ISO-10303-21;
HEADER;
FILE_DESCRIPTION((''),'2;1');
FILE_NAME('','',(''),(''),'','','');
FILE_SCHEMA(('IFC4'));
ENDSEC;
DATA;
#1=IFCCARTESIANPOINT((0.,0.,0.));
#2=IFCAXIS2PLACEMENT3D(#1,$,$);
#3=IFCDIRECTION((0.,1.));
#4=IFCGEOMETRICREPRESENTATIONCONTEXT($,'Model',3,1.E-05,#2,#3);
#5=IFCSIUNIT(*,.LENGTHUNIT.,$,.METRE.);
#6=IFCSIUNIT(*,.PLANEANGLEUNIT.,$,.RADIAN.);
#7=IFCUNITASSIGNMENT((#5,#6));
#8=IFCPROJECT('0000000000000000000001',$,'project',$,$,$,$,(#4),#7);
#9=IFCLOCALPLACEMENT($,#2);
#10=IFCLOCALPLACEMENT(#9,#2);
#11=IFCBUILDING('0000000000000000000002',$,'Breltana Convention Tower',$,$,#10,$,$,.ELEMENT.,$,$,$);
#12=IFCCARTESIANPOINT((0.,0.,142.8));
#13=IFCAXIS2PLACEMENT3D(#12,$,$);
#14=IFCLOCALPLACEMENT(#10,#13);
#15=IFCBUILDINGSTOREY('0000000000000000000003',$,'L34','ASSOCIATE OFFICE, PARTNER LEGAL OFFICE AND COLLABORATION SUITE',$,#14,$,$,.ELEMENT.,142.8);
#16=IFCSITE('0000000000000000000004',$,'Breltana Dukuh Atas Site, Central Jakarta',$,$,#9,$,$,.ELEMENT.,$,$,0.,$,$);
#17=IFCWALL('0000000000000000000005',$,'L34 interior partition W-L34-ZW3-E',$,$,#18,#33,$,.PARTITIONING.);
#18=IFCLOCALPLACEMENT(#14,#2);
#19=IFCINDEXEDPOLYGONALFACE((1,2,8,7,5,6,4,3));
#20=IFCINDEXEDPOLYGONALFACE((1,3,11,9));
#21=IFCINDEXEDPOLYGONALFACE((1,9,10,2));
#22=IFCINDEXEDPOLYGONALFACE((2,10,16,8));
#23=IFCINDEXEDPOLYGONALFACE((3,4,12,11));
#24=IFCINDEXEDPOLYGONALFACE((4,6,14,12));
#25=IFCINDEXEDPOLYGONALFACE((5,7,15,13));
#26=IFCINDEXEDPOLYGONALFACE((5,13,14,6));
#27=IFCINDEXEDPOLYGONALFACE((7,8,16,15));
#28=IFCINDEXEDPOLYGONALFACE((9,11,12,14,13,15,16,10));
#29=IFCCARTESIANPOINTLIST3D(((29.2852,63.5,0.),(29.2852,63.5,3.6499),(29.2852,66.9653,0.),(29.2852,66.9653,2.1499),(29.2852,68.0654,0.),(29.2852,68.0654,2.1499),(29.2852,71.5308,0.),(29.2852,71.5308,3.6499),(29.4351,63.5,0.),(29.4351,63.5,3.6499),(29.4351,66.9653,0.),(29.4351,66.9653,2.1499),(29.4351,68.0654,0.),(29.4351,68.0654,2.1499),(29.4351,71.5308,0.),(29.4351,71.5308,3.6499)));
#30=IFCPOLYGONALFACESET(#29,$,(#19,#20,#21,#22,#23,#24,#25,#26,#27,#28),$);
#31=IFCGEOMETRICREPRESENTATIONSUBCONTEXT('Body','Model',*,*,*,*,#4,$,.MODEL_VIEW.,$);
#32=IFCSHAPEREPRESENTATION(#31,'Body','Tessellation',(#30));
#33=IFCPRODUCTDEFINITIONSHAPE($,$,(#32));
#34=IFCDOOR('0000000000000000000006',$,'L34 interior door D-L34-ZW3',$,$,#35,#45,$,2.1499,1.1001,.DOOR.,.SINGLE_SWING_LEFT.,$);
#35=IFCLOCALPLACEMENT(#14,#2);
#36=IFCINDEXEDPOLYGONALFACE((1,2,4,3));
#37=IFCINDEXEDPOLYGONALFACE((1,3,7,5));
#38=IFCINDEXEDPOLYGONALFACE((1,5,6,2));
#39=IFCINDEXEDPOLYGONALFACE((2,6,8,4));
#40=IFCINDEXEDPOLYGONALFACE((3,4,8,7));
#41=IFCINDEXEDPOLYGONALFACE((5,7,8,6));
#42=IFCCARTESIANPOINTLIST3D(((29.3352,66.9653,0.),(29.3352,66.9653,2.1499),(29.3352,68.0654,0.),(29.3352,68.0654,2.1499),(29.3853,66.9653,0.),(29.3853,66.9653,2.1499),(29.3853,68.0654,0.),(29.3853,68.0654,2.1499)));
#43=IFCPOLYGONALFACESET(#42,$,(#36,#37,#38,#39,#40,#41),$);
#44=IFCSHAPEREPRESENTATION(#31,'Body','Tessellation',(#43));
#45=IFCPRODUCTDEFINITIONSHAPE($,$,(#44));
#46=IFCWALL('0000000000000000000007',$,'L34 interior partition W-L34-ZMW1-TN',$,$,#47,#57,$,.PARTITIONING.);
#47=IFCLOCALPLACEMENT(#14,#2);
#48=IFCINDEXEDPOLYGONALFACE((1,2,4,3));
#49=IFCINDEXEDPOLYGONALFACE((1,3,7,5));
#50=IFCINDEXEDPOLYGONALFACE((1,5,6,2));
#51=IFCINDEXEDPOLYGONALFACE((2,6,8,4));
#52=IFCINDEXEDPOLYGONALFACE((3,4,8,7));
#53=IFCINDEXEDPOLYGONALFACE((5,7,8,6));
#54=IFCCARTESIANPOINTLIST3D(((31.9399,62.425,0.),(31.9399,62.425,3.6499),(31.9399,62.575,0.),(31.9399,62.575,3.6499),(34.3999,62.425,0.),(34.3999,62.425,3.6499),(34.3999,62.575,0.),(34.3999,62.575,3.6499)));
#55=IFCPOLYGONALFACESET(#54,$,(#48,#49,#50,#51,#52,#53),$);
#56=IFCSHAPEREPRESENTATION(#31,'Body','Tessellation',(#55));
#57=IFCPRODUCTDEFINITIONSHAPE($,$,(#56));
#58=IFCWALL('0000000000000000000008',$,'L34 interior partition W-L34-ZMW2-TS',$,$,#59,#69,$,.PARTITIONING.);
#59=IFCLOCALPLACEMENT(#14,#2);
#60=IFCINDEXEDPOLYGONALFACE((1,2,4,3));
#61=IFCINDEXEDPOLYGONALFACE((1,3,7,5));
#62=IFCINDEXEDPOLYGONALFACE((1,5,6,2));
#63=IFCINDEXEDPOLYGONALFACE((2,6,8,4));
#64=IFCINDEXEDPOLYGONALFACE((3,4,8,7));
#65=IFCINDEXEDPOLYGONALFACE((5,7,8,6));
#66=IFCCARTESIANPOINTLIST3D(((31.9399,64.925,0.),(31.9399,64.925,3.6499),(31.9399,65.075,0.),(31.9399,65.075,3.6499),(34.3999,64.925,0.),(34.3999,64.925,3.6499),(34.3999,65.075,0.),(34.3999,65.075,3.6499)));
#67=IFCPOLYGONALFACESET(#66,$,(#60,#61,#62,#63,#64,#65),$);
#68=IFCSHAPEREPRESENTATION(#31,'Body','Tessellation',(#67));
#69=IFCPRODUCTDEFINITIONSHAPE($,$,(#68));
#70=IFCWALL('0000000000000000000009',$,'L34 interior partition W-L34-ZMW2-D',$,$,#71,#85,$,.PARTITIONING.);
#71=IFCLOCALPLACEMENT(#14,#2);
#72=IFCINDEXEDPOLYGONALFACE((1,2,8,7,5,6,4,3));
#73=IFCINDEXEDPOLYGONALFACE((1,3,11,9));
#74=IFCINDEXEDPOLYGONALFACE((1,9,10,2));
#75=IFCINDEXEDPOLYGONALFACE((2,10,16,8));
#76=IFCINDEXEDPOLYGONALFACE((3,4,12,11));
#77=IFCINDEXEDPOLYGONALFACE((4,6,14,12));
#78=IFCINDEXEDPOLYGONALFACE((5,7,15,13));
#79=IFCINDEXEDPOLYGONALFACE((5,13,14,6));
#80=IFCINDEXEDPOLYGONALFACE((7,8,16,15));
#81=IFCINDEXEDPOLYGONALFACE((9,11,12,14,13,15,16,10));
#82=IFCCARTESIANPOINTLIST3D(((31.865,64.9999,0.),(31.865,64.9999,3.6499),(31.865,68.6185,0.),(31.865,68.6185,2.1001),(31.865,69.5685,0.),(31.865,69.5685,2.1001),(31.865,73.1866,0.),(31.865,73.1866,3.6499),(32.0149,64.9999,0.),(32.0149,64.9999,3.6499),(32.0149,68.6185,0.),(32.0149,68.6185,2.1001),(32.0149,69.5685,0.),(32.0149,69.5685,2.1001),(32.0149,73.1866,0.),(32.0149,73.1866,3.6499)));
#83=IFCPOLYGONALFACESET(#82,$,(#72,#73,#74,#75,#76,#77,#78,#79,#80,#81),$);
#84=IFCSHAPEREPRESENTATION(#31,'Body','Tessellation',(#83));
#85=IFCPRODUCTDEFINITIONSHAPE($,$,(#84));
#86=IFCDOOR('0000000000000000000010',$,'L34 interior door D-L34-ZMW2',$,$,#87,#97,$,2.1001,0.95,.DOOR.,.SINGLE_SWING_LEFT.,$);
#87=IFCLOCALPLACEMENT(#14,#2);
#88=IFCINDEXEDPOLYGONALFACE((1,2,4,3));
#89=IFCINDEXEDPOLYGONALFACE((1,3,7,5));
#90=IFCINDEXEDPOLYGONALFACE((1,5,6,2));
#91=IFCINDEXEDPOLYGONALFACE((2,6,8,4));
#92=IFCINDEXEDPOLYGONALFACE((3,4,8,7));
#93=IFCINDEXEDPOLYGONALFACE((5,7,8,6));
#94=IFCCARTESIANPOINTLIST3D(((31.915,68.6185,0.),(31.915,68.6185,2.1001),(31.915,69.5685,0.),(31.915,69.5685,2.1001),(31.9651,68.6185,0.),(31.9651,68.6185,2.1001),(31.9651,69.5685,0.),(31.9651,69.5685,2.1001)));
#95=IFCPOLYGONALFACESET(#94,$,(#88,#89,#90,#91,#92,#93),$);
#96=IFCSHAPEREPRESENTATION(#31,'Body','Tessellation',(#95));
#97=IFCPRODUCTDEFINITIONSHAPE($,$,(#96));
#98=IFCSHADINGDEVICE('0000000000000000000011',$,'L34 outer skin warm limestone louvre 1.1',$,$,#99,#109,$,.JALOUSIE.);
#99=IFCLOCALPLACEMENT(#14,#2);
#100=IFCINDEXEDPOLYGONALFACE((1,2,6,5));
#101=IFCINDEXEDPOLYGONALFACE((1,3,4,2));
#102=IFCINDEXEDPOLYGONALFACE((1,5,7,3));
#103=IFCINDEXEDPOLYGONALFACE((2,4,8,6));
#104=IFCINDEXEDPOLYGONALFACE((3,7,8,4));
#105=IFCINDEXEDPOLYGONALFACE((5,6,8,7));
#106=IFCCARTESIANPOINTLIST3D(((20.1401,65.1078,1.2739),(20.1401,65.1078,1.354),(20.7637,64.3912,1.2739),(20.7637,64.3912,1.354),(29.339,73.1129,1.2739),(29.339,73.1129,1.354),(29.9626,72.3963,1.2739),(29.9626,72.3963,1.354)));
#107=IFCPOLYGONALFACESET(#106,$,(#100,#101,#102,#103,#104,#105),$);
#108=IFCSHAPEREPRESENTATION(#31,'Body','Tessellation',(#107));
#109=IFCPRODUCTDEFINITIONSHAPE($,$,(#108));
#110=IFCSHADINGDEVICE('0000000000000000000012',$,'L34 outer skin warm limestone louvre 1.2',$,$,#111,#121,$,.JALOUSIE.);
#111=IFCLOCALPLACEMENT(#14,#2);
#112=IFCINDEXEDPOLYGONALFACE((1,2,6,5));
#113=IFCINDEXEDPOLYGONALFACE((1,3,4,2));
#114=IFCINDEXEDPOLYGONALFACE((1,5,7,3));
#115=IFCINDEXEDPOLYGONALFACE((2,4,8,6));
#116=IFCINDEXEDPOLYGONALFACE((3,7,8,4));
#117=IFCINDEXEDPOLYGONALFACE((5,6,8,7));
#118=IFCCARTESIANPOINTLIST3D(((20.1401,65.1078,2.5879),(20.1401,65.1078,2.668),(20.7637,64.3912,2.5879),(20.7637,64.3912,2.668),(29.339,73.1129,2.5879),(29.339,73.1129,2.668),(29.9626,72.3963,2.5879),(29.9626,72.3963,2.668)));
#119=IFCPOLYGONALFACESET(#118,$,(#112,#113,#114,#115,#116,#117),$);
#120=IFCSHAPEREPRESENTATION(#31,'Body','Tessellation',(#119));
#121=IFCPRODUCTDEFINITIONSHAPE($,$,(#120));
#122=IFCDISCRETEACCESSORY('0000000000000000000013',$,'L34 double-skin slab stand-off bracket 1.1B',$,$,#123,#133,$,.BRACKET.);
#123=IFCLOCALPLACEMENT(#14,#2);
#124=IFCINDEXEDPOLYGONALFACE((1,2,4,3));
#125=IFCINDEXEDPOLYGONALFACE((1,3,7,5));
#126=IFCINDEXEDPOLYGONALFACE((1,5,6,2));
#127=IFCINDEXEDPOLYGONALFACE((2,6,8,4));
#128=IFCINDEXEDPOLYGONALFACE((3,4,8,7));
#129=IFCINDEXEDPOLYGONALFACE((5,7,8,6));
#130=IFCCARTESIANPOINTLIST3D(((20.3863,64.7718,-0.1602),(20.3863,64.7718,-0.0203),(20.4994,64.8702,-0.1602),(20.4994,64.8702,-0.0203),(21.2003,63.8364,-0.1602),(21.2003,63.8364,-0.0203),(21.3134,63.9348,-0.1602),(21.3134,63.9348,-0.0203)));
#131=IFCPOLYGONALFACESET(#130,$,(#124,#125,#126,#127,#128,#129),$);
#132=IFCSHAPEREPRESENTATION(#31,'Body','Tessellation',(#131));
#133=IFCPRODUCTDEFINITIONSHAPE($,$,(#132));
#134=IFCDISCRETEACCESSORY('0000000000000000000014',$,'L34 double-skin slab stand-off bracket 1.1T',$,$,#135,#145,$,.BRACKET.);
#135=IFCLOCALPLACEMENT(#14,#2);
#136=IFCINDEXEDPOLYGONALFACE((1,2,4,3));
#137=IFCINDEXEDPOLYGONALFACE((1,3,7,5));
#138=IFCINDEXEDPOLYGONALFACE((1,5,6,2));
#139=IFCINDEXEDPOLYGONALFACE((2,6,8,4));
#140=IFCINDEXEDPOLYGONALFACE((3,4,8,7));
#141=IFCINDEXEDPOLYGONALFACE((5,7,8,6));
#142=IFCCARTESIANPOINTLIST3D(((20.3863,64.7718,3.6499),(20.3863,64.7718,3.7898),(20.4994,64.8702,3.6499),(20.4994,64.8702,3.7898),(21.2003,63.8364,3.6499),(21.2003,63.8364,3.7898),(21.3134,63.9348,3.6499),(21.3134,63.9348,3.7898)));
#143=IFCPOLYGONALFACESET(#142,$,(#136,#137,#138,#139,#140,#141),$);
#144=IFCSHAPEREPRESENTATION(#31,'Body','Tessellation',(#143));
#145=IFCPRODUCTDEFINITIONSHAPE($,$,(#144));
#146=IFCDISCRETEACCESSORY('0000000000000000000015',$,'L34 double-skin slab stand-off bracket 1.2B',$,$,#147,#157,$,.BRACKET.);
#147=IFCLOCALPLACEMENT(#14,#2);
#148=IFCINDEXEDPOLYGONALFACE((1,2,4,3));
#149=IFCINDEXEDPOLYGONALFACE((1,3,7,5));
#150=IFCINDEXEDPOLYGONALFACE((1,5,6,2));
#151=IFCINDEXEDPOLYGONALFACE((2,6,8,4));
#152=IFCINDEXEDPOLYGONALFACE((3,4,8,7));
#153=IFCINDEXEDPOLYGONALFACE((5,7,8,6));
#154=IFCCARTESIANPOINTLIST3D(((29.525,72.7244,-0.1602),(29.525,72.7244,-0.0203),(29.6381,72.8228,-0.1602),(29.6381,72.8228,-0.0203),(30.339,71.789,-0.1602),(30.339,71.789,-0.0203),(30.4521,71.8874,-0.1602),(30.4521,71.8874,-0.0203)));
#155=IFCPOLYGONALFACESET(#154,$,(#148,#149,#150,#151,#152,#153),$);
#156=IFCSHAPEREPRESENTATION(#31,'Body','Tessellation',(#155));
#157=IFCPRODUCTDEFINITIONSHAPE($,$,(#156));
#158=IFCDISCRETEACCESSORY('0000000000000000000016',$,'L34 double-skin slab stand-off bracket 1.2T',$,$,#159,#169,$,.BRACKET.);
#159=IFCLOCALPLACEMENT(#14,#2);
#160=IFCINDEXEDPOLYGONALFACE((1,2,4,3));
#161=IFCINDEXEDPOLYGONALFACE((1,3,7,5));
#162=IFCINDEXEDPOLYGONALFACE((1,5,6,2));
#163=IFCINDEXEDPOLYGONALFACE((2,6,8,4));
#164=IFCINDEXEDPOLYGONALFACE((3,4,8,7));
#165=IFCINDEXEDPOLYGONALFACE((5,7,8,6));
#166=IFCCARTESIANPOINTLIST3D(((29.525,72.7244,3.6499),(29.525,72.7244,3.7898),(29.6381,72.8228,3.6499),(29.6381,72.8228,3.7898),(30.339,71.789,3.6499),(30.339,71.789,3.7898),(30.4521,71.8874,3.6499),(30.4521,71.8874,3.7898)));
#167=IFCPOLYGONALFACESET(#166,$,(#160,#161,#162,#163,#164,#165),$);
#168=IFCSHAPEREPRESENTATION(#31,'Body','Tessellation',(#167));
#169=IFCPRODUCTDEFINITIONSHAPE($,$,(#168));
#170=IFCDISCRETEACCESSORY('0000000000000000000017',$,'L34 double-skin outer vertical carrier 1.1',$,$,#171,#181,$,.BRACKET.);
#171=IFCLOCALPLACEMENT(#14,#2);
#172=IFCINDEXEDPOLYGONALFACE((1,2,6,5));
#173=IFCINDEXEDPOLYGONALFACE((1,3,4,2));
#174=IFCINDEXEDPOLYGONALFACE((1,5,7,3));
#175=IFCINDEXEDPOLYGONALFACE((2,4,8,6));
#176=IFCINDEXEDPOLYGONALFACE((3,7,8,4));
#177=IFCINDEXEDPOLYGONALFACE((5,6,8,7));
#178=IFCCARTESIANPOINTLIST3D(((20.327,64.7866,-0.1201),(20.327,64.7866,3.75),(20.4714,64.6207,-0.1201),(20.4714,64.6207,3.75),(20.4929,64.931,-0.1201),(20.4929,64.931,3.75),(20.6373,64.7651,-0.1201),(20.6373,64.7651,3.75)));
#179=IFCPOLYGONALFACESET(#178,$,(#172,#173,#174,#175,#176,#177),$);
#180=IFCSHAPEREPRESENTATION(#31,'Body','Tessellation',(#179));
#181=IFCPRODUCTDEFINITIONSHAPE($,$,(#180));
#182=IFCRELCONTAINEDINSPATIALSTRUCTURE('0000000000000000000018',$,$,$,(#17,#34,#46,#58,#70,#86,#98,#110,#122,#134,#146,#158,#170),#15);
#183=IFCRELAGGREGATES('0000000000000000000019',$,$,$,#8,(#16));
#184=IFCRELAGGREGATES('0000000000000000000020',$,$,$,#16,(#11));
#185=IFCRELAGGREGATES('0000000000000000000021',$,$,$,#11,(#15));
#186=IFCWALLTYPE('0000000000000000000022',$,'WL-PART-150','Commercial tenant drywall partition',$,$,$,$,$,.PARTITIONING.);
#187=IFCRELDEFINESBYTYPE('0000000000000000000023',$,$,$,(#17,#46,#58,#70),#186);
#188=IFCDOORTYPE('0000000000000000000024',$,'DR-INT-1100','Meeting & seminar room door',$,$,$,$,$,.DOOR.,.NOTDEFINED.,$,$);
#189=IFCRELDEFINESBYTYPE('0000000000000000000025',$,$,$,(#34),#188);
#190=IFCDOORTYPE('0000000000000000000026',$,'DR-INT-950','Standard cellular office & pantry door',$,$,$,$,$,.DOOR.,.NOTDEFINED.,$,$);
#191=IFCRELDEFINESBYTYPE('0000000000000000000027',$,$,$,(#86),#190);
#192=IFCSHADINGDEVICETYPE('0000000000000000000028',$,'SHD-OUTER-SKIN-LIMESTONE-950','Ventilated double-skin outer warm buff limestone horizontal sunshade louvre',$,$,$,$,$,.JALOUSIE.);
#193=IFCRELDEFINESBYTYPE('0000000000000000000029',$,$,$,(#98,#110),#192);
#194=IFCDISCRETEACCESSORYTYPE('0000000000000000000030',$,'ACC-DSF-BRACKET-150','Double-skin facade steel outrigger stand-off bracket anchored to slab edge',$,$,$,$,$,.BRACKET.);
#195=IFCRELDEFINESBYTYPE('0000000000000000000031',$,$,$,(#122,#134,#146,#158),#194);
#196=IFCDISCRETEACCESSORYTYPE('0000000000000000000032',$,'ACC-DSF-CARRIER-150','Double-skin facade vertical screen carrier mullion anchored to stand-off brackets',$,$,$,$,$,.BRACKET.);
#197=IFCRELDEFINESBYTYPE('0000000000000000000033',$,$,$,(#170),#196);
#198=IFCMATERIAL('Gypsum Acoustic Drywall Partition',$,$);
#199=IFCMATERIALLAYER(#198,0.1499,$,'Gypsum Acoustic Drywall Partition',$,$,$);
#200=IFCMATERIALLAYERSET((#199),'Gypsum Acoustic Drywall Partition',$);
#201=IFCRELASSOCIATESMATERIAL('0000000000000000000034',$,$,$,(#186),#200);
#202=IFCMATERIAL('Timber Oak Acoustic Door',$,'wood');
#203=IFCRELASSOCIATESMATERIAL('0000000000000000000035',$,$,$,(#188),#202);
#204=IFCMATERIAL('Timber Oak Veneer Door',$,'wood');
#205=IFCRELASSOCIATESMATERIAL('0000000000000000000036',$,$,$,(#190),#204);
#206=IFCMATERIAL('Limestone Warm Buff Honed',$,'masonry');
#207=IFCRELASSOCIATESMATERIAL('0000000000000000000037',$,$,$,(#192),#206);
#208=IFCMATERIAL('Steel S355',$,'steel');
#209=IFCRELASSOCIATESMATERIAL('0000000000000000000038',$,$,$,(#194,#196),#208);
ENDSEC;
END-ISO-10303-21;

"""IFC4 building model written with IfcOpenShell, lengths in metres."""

from ifc_helpers import new_model, si_unit, direction, frame, frame_2d, origin, origin_2d, place, context, subcontext, project, spatial, rectangle, extrude, source, transform, mapped, material, layer, layer_set, material_profile, profile_set, type_object, type_shapes, element, fill, save


model = new_model("IFC4")

# Units and contexts
model_context = context("Model", 3, precision=1e-05, world=origin(), true_north=direction((0.0, 1.0)))
body_context = subcontext(model_context, "Body", "Model", "MODEL_VIEW")
ifc_project = project(units=[si_unit("LENGTHUNIT", "METRE"), si_unit("PLANEANGLEUNIT", "RADIAN")], contexts=[model_context])

# Site, building, storey
site_placement = place(None, origin())
site = spatial("IfcSite", under=ifc_project, at=site_placement, Name="Breltana Dukuh Atas Site, Central Jakarta", CompositionType="ELEMENT", RefElevation=0.0)
building_placement = place(site_placement, origin())
building = spatial("IfcBuilding", under=site, at=building_placement, Name="Breltana Convention Tower", CompositionType="ELEMENT")
storey_placement = place(building_placement, frame((0.0, 0.0, 142.8)))
storey = spatial("IfcBuildingStorey", under=building, at=storey_placement, Name="L34", Description="ASSOCIATE OFFICE, PARTNER LEGAL OFFICE AND COLLABORATION SUITE", CompositionType="ELEMENT", Elevation=142.8)

# Shared definitions
ifc_material_1 = material(Name="Gypsum Acoustic Drywall Partition")
ifc_layer_1 = layer(ifc_material_1, 0.1499, Name="Gypsum Acoustic Drywall Partition")
ifc_layer_set_1 = layer_set([ifc_layer_1], Name="Gypsum Acoustic Drywall Partition")
wall_type_1 = type_object("IfcWallType", Name="WL-PART-150", Description="Commercial tenant drywall partition", PredefinedType="PARTITIONING", material=ifc_layer_set_1)

# Wall, opening, door
shared_shape_1 = source(origin(), body_context, "Body", "SweptSolid", [
    extrude(rectangle(XDim=8.0308, YDim=0.1499, at=frame_2d((4.0154, 0.0))), origin(), (0.0, 0.0, 1.0), 3.6499),
])
wall_1_placement = place(storey_placement, frame((29.3601, 63.5, 0.0), z_axis=(0.0, 0.0, 1.0), x_axis=(0.0, 1.0, 0.0)))
wall_1 = element("IfcWall", 1, at=wall_1_placement, inside=storey, type_object=wall_type_1, Name="L34 interior partition W-L34-ZW3-E", PredefinedType="PARTITIONING", context=body_context, shape_type="MappedRepresentation", body=[
    mapped(shared_shape_1, transform((0.0, 0.0, 0.0), scale=1.0)),
])
opening_1_placement = place(wall_1_placement, frame((3.4653, 0.0, 0.0)))
opening_1 = element("IfcOpeningElement", 2, at=opening_1_placement, cuts=wall_1, PredefinedType="OPENING", context=body_context, shape_type="SweptSolid", body=[
    extrude(rectangle(XDim=1.1001, YDim=2.1499, at=frame_2d((0.55, 1.075))), frame((0.0, 0.085, 0.0), z_axis=(0.0, -1.0, 0.0), x_axis=(1.0, 0.0, 0.0)), (0.0, 0.0, 1.0), 0.1699),
])
ifc_material_2 = material(Name="Timber Oak Acoustic Door", Category="wood")
door_type_1 = type_object("IfcDoorType", Name="DR-INT-1100", Description="Meeting & seminar room door", OperationType="NOTDEFINED", PredefinedType="DOOR", material=ifc_material_2)
shared_shape_2 = source(origin(), body_context, "Body", "SweptSolid", [
    extrude(rectangle(XDim=1.1001, YDim=2.1499, at=frame_2d((0.55, 1.075))), frame((0.0, 0.0249, 0.0), z_axis=(0.0, -1.0, 0.0), x_axis=(1.0, 0.0, 0.0)), (0.0, 0.0, 1.0), 0.05),
])
type_shapes(door_type_1, [shared_shape_2])
door_1_placement = place(opening_1_placement, origin())
door_1 = element("IfcDoor", 3, at=door_1_placement, inside=storey, type_object=door_type_1, Name="L34 interior door D-L34-ZW3", OperationType="SINGLE_SWING_LEFT", OverallHeight=2.1499, OverallWidth=1.1001, PredefinedType="DOOR", context=body_context, shape_type="MappedRepresentation", body=[
    mapped(shared_shape_2, transform((0.0, 0.0, 0.0), scale=1.0)),
])
fill(opening_1, door_1)

# Walls
shared_shape_3 = source(origin(), body_context, "Body", "SweptSolid", [
    extrude(rectangle(XDim=2.46, YDim=0.1499, at=frame_2d((1.23, 0.0))), origin(), (0.0, 0.0, 1.0), 3.6499),
])
for number, where, z_axis, x_axis, name in (
    (4, (31.9399, 62.5, 0.0), (0.0, 0.0, 1.0), (1.0, 0.0, 0.0), "L34 interior partition W-L34-ZMW1-TN"),
    (5, (31.9399, 65.0, 0.0), (0.0, 0.0, 1.0), (1.0, 0.0, 0.0), "L34 interior partition W-L34-ZMW2-TS"),
):
    element("IfcWall", number, at=place(storey_placement, frame(where, z_axis=z_axis, x_axis=x_axis)), inside=storey, type_object=wall_type_1, Name=name, PredefinedType="PARTITIONING", context=body_context, shape_type="MappedRepresentation", body=[
        mapped(shared_shape_3, transform((0.0, 0.0, 0.0), scale=1.0)),
    ])

# Wall, opening, door
shared_shape_4 = source(origin(), body_context, "Body", "SweptSolid", [
    extrude(rectangle(XDim=8.1868, YDim=0.1499, at=frame_2d((4.0933, 0.0))), origin(), (0.0, 0.0, 1.0), 3.6499),
])
wall_2_placement = place(storey_placement, frame((31.9399, 65.0, 0.0), z_axis=(0.0, 0.0, 1.0), x_axis=(0.0, 1.0, 0.0)))
wall_2 = element("IfcWall", 6, at=wall_2_placement, inside=storey, type_object=wall_type_1, Name="L34 interior partition W-L34-ZMW2-D", PredefinedType="PARTITIONING", context=body_context, shape_type="MappedRepresentation", body=[
    mapped(shared_shape_4, transform((0.0, 0.0, 0.0), scale=1.0)),
])
opening_2_placement = place(wall_2_placement, frame((3.6184, 0.0, 0.0)))
opening_2 = element("IfcOpeningElement", 7, at=opening_2_placement, cuts=wall_2, PredefinedType="OPENING", context=body_context, shape_type="SweptSolid", body=[
    extrude(rectangle(XDim=0.95, YDim=2.1001, at=frame_2d((0.4751, 1.05))), frame((0.0, 0.085, 0.0), z_axis=(0.0, -1.0, 0.0), x_axis=(1.0, 0.0, 0.0)), (0.0, 0.0, 1.0), 0.1699),
])
ifc_material_3 = material(Name="Timber Oak Veneer Door", Category="wood")
door_type_2 = type_object("IfcDoorType", Name="DR-INT-950", Description="Standard cellular office & pantry door", OperationType="NOTDEFINED", PredefinedType="DOOR", material=ifc_material_3)
shared_shape_5 = source(origin(), body_context, "Body", "SweptSolid", [
    extrude(rectangle(XDim=0.95, YDim=2.1001, at=frame_2d((0.4751, 1.05))), frame((0.0, 0.0249, 0.0), z_axis=(0.0, -1.0, 0.0), x_axis=(1.0, 0.0, 0.0)), (0.0, 0.0, 1.0), 0.05),
])
type_shapes(door_type_2, [shared_shape_5])
door_2_placement = place(opening_2_placement, origin())
door_2 = element("IfcDoor", 8, at=door_2_placement, inside=storey, type_object=door_type_2, Name="L34 interior door D-L34-ZMW2", OperationType="SINGLE_SWING_LEFT", OverallHeight=2.1001, OverallWidth=0.95, PredefinedType="DOOR", context=body_context, shape_type="MappedRepresentation", body=[
    mapped(shared_shape_5, transform((0.0, 0.0, 0.0), scale=1.0)),
])
fill(opening_2, door_2)

# Shading devices
ifc_material_4 = material(Name="Limestone Warm Buff Honed", Category="masonry")
ifc_material_profile_1 = material_profile(ifc_material_4, rectangle(XDim=0.95, YDim=0.0801, at=origin_2d()), Name="STN-LVR-950X80")
ifc_profile_set_1 = profile_set([ifc_material_profile_1], Name="Limestone Warm Buff Honed")
shading_device_type = type_object("IfcShadingDeviceType", Name="SHD-OUTER-SKIN-LIMESTONE-950", Description="Ventilated double-skin outer warm buff limestone horizontal sunshade louvre", PredefinedType="JALOUSIE", material=ifc_profile_set_1)
shared_shape_6 = source(origin(), body_context, "Body", "SweptSolid", [
    extrude(rectangle(XDim=0.95, YDim=0.0801, at=origin_2d()), origin(), (0.0, 0.0, 1.0), 12.1943),
])
type_shapes(shading_device_type, [shared_shape_6])
for number, where, z_axis, x_axis, name in (
    (9, (20.4519, 64.7495, 1.314), (0.754361, 0.65646, 0.0), (-0.65646, 0.754361, 0.0), "L34 outer skin warm limestone louvre 1.1"),
    (10, (20.4519, 64.7495, 2.6279), (0.754361, 0.65646, 0.0), (-0.65646, 0.754361, 0.0), "L34 outer skin warm limestone louvre 1.2"),
):
    element("IfcShadingDevice", number, at=place(storey_placement, frame(where, z_axis=z_axis, x_axis=x_axis)), inside=storey, type_object=shading_device_type, Name=name, PredefinedType="JALOUSIE", context=body_context, shape_type="MappedRepresentation", body=[
        mapped(shared_shape_6, transform((0.0, 0.0, 0.0), scale=1.0)),
    ])

# Discrete accessories
ifc_material_5 = material(Name="Steel S355", Category="steel")
discrete_accessory_type_1 = type_object("IfcDiscreteAccessoryType", Name="ACC-DSF-BRACKET-150", Description="Double-skin facade steel outrigger stand-off bracket anchored to slab edge", PredefinedType="BRACKET", material=ifc_material_5)
shared_shape_7 = source(origin(), body_context, "Body", "SweptSolid", [
    extrude(rectangle(XDim=1.24, YDim=0.1499, at=origin_2d()), origin(), (0.0, 0.0, 1.0), 0.1399),
])
type_shapes(discrete_accessory_type_1, [shared_shape_7])
for number, where, z_axis, x_axis, name in (
    (11, (20.8499, 64.3533, -0.1602), (0.0, 0.0, 1.0), (-0.656456, 0.754365, 0.0), "L34 double-skin slab stand-off bracket 1.1B"),
    (12, (20.8499, 64.3533, 3.6499), (0.0, 0.0, 1.0), (-0.656456, 0.754365, 0.0), "L34 double-skin slab stand-off bracket 1.1T"),
    (13, (29.9885, 72.3059, -0.1602), (0.0, 0.0, 1.0), (-0.656456, 0.754365, 0.0), "L34 double-skin slab stand-off bracket 1.2B"),
    (14, (29.9885, 72.3059, 3.6499), (0.0, 0.0, 1.0), (-0.656456, 0.754365, 0.0), "L34 double-skin slab stand-off bracket 1.2T"),
):
    element("IfcDiscreteAccessory", number, at=place(storey_placement, frame(where, z_axis=z_axis, x_axis=x_axis)), inside=storey, type_object=discrete_accessory_type_1, Name=name, PredefinedType="BRACKET", context=body_context, shape_type="MappedRepresentation", body=[
        mapped(shared_shape_7, transform((0.0, 0.0, 0.0), scale=1.0)),
    ])
discrete_accessory_type_2 = type_object("IfcDiscreteAccessoryType", Name="ACC-DSF-CARRIER-150", Description="Double-skin facade vertical screen carrier mullion anchored to stand-off brackets", PredefinedType="BRACKET", material=ifc_material_5)
shared_shape_8 = source(origin(), body_context, "Body", "SweptSolid", [
    extrude(rectangle(XDim=0.22, YDim=0.22, at=origin_2d()), origin(), (0.0, 0.0, 1.0), 3.8701),
])
for number, where, z_axis, x_axis, name in (
    (15, (20.4822, 64.7759, -0.1201), (0.0, 0.0, 1.0), (-0.656456, 0.754365, 0.0), "L34 double-skin outer vertical carrier 1.1"),
):
    element("IfcDiscreteAccessory", number, at=place(storey_placement, frame(where, z_axis=z_axis, x_axis=x_axis)), inside=storey, type_object=discrete_accessory_type_2, Name=name, PredefinedType="BRACKET", context=body_context, shape_type="MappedRepresentation", body=[
        mapped(shared_shape_8, transform((0.0, 0.0, 0.0), scale=1.0)),
    ])

save(model, "model.ifc")
